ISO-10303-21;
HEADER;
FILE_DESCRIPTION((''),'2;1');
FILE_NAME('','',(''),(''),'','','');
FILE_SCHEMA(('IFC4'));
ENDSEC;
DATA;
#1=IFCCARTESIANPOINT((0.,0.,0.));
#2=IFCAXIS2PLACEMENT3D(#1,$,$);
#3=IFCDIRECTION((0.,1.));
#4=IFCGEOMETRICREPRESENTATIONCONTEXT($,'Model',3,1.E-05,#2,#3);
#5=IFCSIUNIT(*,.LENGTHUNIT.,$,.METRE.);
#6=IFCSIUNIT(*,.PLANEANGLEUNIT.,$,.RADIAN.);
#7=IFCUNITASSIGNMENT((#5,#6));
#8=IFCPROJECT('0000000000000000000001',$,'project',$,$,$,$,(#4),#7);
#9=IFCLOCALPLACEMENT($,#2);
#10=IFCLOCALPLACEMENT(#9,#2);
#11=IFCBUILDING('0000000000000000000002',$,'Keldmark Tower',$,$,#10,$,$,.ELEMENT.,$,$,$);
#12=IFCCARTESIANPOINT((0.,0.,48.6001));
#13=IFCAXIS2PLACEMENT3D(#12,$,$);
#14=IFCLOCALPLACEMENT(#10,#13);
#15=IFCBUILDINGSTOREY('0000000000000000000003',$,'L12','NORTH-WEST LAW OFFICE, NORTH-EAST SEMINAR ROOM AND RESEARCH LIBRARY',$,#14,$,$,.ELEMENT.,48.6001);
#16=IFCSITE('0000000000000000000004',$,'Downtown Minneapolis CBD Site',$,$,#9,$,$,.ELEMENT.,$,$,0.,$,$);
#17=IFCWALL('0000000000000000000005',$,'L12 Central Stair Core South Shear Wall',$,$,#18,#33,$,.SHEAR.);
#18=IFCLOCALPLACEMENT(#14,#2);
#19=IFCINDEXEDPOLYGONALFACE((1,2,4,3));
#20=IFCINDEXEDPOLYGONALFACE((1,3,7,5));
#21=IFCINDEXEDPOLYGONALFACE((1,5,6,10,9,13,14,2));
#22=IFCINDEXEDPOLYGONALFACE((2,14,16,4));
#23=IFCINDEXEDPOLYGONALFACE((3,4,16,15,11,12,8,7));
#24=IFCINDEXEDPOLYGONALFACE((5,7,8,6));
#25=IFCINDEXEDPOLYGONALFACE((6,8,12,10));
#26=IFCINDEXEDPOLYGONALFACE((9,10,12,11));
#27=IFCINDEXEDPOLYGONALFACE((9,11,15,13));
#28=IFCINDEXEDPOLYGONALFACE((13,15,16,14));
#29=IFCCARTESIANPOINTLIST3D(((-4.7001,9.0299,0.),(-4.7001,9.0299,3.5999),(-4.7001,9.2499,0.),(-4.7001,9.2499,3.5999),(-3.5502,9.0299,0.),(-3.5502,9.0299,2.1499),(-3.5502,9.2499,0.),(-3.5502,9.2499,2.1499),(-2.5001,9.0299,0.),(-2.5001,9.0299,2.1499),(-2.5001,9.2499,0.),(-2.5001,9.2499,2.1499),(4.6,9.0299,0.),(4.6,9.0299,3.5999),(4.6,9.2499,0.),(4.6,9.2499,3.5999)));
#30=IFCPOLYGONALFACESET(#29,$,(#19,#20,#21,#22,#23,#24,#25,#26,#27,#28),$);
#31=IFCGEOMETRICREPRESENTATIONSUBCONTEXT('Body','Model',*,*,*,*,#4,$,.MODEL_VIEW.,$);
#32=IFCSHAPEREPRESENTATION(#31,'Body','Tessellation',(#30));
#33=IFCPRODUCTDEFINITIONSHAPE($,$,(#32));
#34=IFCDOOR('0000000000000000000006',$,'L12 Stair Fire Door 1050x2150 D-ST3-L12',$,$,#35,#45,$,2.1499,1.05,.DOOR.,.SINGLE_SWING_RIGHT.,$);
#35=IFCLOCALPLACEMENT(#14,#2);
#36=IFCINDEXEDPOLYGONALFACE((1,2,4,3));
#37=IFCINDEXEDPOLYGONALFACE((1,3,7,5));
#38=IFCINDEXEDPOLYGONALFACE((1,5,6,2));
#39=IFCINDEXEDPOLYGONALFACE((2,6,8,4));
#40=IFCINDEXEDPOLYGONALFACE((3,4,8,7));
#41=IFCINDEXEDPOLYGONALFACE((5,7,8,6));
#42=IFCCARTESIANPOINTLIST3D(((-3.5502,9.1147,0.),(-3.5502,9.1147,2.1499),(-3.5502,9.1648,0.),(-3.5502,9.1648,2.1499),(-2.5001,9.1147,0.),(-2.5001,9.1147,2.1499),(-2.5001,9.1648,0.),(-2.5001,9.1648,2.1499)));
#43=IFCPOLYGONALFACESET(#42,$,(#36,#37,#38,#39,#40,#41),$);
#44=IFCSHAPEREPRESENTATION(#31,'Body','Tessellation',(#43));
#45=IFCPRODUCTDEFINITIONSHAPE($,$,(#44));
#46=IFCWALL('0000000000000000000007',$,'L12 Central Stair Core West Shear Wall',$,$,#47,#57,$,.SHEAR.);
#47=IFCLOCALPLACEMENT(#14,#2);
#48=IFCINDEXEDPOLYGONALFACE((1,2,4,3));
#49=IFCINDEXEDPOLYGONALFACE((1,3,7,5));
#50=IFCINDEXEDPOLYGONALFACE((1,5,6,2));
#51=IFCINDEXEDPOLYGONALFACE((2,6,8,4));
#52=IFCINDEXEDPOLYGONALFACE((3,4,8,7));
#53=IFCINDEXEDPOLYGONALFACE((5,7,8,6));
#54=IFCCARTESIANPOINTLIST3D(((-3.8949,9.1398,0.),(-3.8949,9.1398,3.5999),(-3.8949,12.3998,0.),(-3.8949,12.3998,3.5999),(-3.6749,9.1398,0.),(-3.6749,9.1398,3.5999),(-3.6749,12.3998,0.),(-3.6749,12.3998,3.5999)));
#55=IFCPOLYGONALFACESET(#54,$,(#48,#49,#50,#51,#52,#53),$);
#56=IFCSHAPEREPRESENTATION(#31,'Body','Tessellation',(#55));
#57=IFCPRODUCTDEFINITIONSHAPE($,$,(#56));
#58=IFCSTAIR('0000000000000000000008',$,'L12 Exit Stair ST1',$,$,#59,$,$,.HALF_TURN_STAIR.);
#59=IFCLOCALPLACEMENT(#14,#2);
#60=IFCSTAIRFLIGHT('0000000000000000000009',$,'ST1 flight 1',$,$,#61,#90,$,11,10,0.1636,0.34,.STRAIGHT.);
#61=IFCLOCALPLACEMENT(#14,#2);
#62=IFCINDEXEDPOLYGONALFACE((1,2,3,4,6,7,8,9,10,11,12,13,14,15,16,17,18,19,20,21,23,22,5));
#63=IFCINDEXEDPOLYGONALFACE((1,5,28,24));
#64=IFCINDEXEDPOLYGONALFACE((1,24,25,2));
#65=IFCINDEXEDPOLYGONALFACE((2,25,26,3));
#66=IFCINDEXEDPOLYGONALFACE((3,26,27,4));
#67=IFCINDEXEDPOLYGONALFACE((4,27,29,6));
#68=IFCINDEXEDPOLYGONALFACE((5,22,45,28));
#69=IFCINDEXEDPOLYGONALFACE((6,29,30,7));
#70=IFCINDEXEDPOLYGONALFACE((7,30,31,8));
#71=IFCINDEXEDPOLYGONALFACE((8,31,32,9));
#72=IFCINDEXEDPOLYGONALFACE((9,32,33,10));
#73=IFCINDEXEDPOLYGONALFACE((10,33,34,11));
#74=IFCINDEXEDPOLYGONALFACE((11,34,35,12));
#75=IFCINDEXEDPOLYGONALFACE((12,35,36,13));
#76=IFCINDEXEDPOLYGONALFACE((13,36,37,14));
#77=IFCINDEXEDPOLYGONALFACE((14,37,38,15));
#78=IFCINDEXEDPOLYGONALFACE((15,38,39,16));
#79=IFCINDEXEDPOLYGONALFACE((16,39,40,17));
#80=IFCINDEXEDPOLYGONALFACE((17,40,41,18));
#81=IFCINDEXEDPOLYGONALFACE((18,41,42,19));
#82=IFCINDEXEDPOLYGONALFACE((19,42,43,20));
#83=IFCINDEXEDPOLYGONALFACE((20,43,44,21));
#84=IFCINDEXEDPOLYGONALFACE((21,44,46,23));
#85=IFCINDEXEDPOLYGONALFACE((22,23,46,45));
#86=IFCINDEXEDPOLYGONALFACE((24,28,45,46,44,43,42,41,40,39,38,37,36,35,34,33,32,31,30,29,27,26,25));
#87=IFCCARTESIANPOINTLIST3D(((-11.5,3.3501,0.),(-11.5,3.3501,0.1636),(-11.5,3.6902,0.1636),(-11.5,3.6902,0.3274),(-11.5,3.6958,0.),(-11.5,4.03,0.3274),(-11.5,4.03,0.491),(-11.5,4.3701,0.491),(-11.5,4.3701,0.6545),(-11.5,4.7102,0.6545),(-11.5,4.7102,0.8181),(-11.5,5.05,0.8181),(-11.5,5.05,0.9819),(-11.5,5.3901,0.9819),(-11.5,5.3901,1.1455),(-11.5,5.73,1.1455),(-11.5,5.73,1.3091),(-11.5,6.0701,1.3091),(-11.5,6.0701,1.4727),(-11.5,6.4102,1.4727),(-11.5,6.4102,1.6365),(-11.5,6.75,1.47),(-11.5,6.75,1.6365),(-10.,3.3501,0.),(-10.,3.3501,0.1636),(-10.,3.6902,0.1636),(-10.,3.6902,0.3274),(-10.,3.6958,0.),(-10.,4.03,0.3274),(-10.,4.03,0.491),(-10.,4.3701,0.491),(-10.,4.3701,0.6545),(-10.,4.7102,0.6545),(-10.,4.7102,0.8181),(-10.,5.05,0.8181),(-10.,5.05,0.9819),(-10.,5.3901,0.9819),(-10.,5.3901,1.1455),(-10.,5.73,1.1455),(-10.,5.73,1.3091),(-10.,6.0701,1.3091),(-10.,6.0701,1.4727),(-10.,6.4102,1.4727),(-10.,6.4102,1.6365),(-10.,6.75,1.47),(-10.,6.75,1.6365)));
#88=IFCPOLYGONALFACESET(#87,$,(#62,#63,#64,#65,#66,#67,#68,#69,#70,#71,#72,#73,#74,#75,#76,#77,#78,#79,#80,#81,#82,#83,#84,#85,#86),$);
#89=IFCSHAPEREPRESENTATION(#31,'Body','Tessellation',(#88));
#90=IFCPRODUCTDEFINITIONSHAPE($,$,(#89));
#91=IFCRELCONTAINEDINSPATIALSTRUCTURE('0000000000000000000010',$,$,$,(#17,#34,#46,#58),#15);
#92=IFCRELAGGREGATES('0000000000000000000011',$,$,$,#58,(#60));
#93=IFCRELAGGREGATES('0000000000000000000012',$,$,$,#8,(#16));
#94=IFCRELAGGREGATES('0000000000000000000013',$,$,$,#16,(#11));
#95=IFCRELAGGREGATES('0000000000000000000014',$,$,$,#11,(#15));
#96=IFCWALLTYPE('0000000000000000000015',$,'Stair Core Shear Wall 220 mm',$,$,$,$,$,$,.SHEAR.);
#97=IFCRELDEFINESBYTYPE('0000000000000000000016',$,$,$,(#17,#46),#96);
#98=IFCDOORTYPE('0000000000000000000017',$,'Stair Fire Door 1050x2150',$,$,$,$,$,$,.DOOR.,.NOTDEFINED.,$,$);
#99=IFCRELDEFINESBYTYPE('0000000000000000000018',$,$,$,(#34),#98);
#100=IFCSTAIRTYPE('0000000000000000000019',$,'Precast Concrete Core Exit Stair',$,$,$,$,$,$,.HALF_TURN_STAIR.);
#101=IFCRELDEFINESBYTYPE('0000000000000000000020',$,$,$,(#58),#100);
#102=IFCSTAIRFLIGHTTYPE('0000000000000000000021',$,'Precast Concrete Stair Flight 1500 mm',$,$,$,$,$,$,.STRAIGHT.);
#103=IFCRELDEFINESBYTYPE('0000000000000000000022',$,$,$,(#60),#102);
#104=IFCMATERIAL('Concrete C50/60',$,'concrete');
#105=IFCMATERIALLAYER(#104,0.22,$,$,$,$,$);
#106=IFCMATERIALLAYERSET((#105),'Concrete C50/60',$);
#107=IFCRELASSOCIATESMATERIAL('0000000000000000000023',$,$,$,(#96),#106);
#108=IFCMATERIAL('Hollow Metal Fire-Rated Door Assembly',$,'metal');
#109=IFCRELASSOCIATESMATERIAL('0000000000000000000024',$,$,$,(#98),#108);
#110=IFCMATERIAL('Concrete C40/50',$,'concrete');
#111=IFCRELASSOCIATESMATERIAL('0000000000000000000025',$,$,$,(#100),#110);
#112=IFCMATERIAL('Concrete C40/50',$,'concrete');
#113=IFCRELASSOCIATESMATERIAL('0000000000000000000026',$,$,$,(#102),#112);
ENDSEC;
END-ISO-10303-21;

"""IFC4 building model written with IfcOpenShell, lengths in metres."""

from ifc_helpers import new_model, si_unit, direction, frame, frame_2d, origin, place, context, subcontext, project, spatial, polyline, rectangle, outline, extrude, material, layer, layer_set, type_object, element, fill, aggregate, save


model = new_model("IFC4")

# Units and contexts
model_context = context("Model", 3, precision=1e-05, world=origin(), true_north=direction((0.0, 1.0)))
body_context = subcontext(model_context, "Body", "Model", "MODEL_VIEW")
ifc_project = project(units=[si_unit("LENGTHUNIT", "METRE"), si_unit("PLANEANGLEUNIT", "RADIAN")], contexts=[model_context])

# Site, building, storey
site_placement = place(None, origin())
site = spatial("IfcSite", under=ifc_project, at=site_placement, Name="Downtown Minneapolis CBD Site", CompositionType="ELEMENT", RefElevation=0.0)
building_placement = place(site_placement, origin())
building = spatial("IfcBuilding", under=site, at=building_placement, Name="Keldmark Tower", CompositionType="ELEMENT")
storey_placement = place(building_placement, frame((0.0, 0.0, 48.6001)))
storey = spatial("IfcBuildingStorey", under=building, at=storey_placement, Name="L12", Description="NORTH-WEST LAW OFFICE, NORTH-EAST SEMINAR ROOM AND RESEARCH LIBRARY", CompositionType="ELEMENT", Elevation=48.6001)

# Shared definitions
ifc_material_1 = material(Name="Concrete C50/60", Category="concrete")
ifc_layer_1 = layer(ifc_material_1, 0.22)
ifc_layer_set_1 = layer_set([ifc_layer_1], Name="Concrete C50/60")
wall_type_1 = type_object("IfcWallType", Name="Stair Core Shear Wall 220 mm", PredefinedType="SHEAR", material=ifc_layer_set_1)

# Wall, opening, door
wall_1_placement = place(storey_placement, frame((-4.7, 9.1399, 0.0), z_axis=(0.0, 0.0, 1.0), x_axis=(1.0, 0.0, 0.0)))
wall_1 = element("IfcWall", 1, at=wall_1_placement, inside=storey, type_object=wall_type_1, Name="L12 Central Stair Core South Shear Wall", PredefinedType="SHEAR", context=body_context, shape_type="SweptSolid", body=[
    extrude(rectangle(XDim=9.3, YDim=0.22, at=frame_2d((4.6499, 0.0))), origin(), (0.0, 0.0, 1.0), 3.5999),
])
opening_1_placement = place(wall_1_placement, frame((1.1499, 0.0, 0.0)))
opening_1 = element("IfcOpeningElement", 2, at=opening_1_placement, cuts=wall_1, PredefinedType="OPENING", context=body_context, shape_type="SweptSolid", body=[
    extrude(rectangle(XDim=1.05, YDim=2.1499, at=frame_2d((0.5249, 1.075))), frame((0.0, 0.1199, 0.0), z_axis=(0.0, -1.0, 0.0), x_axis=(1.0, 0.0, 0.0)), (0.0, 0.0, 1.0), 0.24),
])
ifc_material_2 = material(Name="Hollow Metal Fire-Rated Door Assembly", Category="metal")
door_type_1 = type_object("IfcDoorType", Name="Stair Fire Door 1050x2150", OperationType="NOTDEFINED", PredefinedType="DOOR", material=ifc_material_2)
door_1_placement = place(opening_1_placement, origin())
door_1 = element("IfcDoor", 3, at=door_1_placement, inside=storey, type_object=door_type_1, Name="L12 Stair Fire Door 1050x2150 D-ST3-L12", OperationType="SINGLE_SWING_RIGHT", OverallHeight=2.1499, OverallWidth=1.05, PredefinedType="DOOR", context=body_context, shape_type="SweptSolid", body=[
    extrude(rectangle(XDim=1.05, YDim=2.1499, at=frame_2d((0.5249, 1.075))), frame((0.0, 0.0249, 0.0), z_axis=(0.0, -1.0, 0.0), x_axis=(1.0, 0.0, 0.0)), (0.0, 0.0, 1.0), 0.05),
])
fill(opening_1, door_1)

# Wall
wall_2_placement = place(storey_placement, frame((-3.7849, 9.1399, 0.0), z_axis=(0.0, 0.0, 1.0), x_axis=(0.0, 1.0, 0.0)))
element("IfcWall", 4, at=wall_2_placement, inside=storey, type_object=wall_type_1, Name="L12 Central Stair Core West Shear Wall", PredefinedType="SHEAR", context=body_context, shape_type="SweptSolid", body=[
    extrude(rectangle(XDim=3.26, YDim=0.22, at=frame_2d((1.6299, 0.0))), origin(), (0.0, 0.0, 1.0), 3.5999),
])

# Stair, stair flight
ifc_material_3 = material(Name="Concrete C40/50", Category="concrete")
stair_type = type_object("IfcStairType", Name="Precast Concrete Core Exit Stair", PredefinedType="HALF_TURN_STAIR", material=ifc_material_3)
stair_placement = place(storey_placement, origin())
stair = element("IfcStair", 5, at=stair_placement, inside=storey, type_object=stair_type, Name="L12 Exit Stair ST1", PredefinedType="HALF_TURN_STAIR")
ifc_material_4 = material(Name="Concrete C40/50", Category="concrete")
stair_flight_type = type_object("IfcStairFlightType", Name="Precast Concrete Stair Flight 1500 mm", PredefinedType="STRAIGHT", material=ifc_material_4)
stair_flight_placement = place(storey_placement, frame((-10.75, 3.3501, 0.0), z_axis=(0.0, 0.0, 1.0), x_axis=(0.0, 1.0, 0.0)))
stair_flight = element("IfcStairFlight", 6, at=stair_flight_placement, type_object=stair_flight_type, Name="ST1 flight 1", NumberOfRisers=11, NumberOfTreads=10, PredefinedType="STRAIGHT", RiserHeight=0.1636, TreadLength=0.34, context=body_context, shape_type="SweptSolid", body=[
    extrude(outline(polyline([(0.0, 0.0), (0.0, 0.1636), (0.3401, 0.1636), (0.3401, 0.3274), (0.6799, 0.3274), (0.6799, 0.491), (1.02, 0.491), (1.02, 0.6545), (1.3601, 0.6545), (1.3601, 0.8181), (1.7, 0.8181), (1.7, 0.9819), (2.04, 0.9819), (2.04, 1.1455), (2.3799, 1.1455), (2.3799, 1.3091), (2.72, 1.3091), (2.72, 1.4727), (3.0601, 1.4727), (3.0601, 1.6365), (3.3999, 1.6365), (3.3999, 1.8), (3.3999, 1.47), (0.3457, 0.0), (0.0, 0.0)])), frame((0.0, 0.75, 0.0), z_axis=(0.0, -1.0, 0.0), x_axis=(1.0, 0.0, 0.0)), (0.0, 0.0, 1.0), 1.5),
])
aggregate(stair, [stair_flight])

save(model, "model.ifc")
